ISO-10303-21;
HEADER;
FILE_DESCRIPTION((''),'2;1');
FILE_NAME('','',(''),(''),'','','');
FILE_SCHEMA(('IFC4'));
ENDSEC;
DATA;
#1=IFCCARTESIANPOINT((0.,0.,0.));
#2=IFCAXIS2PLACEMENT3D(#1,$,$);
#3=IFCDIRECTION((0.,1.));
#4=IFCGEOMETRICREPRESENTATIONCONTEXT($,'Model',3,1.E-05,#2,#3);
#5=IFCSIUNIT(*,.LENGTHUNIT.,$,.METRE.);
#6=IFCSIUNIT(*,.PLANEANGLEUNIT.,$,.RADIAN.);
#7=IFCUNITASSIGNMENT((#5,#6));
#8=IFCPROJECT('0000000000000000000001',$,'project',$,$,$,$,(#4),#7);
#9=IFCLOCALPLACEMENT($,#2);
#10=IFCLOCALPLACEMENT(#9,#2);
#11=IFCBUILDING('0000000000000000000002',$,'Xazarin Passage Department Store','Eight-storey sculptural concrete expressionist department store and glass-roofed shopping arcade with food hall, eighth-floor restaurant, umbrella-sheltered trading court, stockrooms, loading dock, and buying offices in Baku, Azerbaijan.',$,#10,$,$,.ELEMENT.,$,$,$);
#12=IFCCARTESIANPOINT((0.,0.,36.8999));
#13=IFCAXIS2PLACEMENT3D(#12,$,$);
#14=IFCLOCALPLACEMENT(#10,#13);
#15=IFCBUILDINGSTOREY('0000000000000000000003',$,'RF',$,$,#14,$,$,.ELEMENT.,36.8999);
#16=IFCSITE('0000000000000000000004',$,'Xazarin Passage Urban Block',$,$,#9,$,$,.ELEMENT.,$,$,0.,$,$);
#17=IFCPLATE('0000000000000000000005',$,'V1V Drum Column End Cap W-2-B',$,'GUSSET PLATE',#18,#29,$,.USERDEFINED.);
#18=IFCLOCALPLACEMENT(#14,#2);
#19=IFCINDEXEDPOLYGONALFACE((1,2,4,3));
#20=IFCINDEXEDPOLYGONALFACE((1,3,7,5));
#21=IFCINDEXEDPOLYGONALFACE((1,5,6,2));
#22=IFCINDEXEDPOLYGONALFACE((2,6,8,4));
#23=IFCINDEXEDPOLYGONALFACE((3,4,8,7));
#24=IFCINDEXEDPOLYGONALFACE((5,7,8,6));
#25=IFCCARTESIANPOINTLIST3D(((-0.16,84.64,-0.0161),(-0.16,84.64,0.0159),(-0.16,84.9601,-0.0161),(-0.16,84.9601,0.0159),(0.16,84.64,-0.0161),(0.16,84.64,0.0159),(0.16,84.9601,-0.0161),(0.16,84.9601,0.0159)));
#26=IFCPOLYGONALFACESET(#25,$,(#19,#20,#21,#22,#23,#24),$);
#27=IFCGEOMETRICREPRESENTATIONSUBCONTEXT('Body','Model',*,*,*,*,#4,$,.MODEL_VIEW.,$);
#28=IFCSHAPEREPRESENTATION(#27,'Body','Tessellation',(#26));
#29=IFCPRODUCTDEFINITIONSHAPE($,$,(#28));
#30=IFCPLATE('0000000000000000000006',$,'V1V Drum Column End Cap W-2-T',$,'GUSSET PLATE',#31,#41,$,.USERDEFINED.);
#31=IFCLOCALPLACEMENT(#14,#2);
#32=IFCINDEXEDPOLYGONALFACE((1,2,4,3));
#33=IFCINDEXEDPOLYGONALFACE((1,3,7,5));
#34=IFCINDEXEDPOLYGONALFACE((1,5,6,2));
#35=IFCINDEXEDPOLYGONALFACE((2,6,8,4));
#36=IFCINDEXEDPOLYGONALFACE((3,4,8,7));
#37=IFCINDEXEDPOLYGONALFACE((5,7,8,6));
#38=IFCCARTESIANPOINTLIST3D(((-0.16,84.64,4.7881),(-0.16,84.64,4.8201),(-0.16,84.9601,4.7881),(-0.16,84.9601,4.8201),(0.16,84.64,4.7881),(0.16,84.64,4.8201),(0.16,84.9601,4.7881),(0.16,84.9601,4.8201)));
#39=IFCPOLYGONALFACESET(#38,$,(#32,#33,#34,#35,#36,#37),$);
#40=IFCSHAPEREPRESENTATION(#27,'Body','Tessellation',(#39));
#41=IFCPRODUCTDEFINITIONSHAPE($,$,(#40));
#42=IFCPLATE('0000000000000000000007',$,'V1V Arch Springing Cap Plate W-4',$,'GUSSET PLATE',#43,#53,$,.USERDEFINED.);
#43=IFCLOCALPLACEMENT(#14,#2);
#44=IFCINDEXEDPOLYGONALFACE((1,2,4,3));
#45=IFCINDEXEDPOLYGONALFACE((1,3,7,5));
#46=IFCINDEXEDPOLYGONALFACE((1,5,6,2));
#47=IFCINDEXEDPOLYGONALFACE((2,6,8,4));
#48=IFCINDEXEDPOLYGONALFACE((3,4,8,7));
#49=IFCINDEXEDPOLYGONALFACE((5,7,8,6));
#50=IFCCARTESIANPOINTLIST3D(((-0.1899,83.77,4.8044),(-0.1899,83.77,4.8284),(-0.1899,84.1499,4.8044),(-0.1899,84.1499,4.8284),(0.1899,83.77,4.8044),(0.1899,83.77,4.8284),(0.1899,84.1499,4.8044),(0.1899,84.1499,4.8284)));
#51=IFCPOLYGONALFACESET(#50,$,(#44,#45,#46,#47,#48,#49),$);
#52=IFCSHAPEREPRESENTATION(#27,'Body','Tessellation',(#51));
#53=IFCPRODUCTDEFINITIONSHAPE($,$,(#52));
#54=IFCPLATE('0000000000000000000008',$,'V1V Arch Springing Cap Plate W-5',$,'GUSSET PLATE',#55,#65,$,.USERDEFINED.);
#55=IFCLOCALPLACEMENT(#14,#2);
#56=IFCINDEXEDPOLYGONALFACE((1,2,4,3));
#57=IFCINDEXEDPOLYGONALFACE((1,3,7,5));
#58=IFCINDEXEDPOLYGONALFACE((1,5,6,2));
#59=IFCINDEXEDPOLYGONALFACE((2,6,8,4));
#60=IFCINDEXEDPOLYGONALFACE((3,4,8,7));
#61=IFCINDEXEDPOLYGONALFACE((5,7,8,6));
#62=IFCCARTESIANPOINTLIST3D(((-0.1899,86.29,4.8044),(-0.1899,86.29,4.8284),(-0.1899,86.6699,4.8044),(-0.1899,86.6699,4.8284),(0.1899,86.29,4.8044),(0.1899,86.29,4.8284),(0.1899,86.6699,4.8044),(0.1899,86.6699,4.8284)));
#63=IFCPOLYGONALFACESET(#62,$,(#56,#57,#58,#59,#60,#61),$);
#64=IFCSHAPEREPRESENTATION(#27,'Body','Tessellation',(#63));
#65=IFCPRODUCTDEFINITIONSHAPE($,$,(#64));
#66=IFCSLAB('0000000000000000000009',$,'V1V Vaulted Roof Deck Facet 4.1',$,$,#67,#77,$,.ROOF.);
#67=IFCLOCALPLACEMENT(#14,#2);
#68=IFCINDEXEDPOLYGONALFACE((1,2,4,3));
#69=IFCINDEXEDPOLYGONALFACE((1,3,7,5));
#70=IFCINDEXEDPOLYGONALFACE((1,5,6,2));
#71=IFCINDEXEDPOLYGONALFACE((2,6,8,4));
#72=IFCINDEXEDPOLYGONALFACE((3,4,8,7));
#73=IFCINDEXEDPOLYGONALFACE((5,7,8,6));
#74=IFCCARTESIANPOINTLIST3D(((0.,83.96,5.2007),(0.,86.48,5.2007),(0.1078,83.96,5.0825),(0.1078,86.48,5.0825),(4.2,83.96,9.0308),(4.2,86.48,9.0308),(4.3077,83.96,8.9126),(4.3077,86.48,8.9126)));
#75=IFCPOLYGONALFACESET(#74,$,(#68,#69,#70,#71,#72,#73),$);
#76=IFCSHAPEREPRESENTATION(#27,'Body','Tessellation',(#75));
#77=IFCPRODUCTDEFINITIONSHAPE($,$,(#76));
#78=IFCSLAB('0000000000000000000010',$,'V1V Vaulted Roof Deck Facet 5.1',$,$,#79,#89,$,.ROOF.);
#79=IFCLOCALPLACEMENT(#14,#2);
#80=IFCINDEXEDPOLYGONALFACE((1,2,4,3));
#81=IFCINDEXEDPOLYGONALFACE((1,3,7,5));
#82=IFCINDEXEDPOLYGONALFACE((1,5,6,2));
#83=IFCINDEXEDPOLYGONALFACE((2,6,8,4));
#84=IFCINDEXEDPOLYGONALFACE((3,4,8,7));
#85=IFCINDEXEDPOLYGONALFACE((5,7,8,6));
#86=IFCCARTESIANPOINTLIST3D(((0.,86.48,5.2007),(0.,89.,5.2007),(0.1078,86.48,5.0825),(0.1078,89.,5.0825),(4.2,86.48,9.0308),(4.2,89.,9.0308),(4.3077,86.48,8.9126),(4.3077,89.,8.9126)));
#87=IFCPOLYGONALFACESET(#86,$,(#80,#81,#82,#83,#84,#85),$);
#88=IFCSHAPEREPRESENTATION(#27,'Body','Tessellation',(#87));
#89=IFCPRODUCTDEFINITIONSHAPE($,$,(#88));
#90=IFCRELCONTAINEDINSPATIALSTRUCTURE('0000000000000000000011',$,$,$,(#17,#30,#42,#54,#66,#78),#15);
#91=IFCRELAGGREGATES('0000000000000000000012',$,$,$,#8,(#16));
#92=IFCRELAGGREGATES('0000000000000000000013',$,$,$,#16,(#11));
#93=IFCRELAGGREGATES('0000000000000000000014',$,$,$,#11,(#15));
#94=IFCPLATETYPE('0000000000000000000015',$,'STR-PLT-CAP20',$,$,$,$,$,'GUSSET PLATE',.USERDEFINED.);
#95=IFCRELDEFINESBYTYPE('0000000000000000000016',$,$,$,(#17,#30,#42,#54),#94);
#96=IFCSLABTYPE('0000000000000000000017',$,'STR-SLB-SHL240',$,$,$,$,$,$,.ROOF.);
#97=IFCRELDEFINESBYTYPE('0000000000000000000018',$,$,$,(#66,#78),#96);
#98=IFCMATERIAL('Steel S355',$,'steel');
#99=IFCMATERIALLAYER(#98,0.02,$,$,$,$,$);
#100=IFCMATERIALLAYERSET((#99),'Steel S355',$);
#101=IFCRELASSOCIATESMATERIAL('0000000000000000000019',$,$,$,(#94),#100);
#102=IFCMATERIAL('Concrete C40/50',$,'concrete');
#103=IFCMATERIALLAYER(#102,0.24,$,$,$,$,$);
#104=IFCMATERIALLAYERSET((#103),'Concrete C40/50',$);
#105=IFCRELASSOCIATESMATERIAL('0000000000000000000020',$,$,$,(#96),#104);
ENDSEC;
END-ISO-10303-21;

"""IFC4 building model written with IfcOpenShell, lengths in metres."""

from ifc_helpers import new_model, si_unit, direction, frame, origin, origin_2d, place, context, subcontext, project, spatial, polyline, rectangle, outline, extrude, material, layer, layer_set, type_object, element, save


model = new_model("IFC4")

# Units and contexts
model_context = context("Model", 3, precision=1e-05, world=origin(), true_north=direction((0.0, 1.0)))
body_context = subcontext(model_context, "Body", "Model", "MODEL_VIEW")
ifc_project = project(units=[si_unit("LENGTHUNIT", "METRE"), si_unit("PLANEANGLEUNIT", "RADIAN")], contexts=[model_context])

# Site, building, storey
site_placement = place(None, origin())
site = spatial("IfcSite", under=ifc_project, at=site_placement, Name="Xazarin Passage Urban Block", CompositionType="ELEMENT", RefElevation=0.0)
building_placement = place(site_placement, origin())
building = spatial("IfcBuilding", under=site, at=building_placement, Name="Xazarin Passage Department Store", Description="Eight-storey sculptural concrete expressionist department store and glass-roofed shopping arcade with food hall, eighth-floor restaurant, umbrella-sheltered trading court, stockrooms, loading dock, and buying offices in Baku, Azerbaijan.", CompositionType="ELEMENT")
storey_placement = place(building_placement, frame((0.0, 0.0, 36.8999)))
storey = spatial("IfcBuildingStorey", under=building, at=storey_placement, Name="RF", CompositionType="ELEMENT", Elevation=36.8999)

# Shared definitions
ifc_material_1 = material(Name="Steel S355", Category="steel")

# Shared definitions
ifc_material_2 = material(Name="Concrete C40/50", Category="concrete")

# Plates
ifc_layer_1 = layer(ifc_material_1, 0.02)
ifc_layer_set_1 = layer_set([ifc_layer_1], Name="Steel S355")
plate_type_1 = type_object("IfcPlateType", Name="STR-PLT-CAP20", ElementType="GUSSET PLATE", PredefinedType="USERDEFINED", material=ifc_layer_set_1)
for number, where, z_axis, x_axis, name in (
    (1, (0.0, 84.8, -0.0161), (0.0, 0.0, 1.0), (1.0, 0.0, 0.0), "V1V Drum Column End Cap W-2-B"),
    (2, (0.0, 84.8, 4.7881), (0.0, 0.0, 1.0), (1.0, 0.0, 0.0), "V1V Drum Column End Cap W-2-T"),
):
    element("IfcPlate", number, at=place(storey_placement, frame(where, z_axis=z_axis, x_axis=x_axis)), inside=storey, type_object=plate_type_1, Name=name, ObjectType="GUSSET PLATE", PredefinedType="USERDEFINED", context=body_context, shape_type="SweptSolid", body=[
        extrude(rectangle(XDim=0.3201, YDim=0.3201, at=origin_2d()), origin(), (0.0, 0.0, 1.0), 0.032),
    ])
for number, where, z_axis, x_axis, name in (
    (3, (0.0, 83.96, 4.8044), (0.0, 0.0, 1.0), (1.0, 0.0, 0.0), "V1V Arch Springing Cap Plate W-4"),
    (4, (0.0, 86.48, 4.8044), (0.0, 0.0, 1.0), (1.0, 0.0, 0.0), "V1V Arch Springing Cap Plate W-5"),
):
    element("IfcPlate", number, at=place(storey_placement, frame(where, z_axis=z_axis, x_axis=x_axis)), inside=storey, type_object=plate_type_1, Name=name, ObjectType="GUSSET PLATE", PredefinedType="USERDEFINED", context=body_context, shape_type="SweptSolid", body=[
        extrude(rectangle(XDim=0.3799, YDim=0.3799, at=origin_2d()), origin(), (0.0, 0.0, 1.0), 0.0239),
    ])

# Slabs
ifc_layer_2 = layer(ifc_material_2, 0.24)
ifc_layer_set_2 = layer_set([ifc_layer_2], Name="Concrete C40/50")
slab_type = type_object("IfcSlabType", Name="STR-SLB-SHL240", PredefinedType="ROOF", material=ifc_layer_set_2)
for number, where, z_axis, x_axis, name in (
    (5, (0.0, 83.96, 5.2007), (-0.673822, 0.0, 0.738894), (0.738894, 0.0, 0.673822), "V1V Vaulted Roof Deck Facet 4.1"),
    (6, (0.0, 86.48, 5.2007), (-0.673822, 0.0, 0.738894), (0.738894, 0.0, 0.673822), "V1V Vaulted Roof Deck Facet 5.1"),
):
    element("IfcSlab", number, at=place(storey_placement, frame(where, z_axis=z_axis, x_axis=x_axis)), inside=storey, type_object=slab_type, Name=name, PredefinedType="ROOF", context=body_context, shape_type="SweptSolid", body=[
        extrude(outline(polyline([(0.0, 0.0), (5.6841, 0.0), (5.6841, 2.52), (0.0, 2.52), (0.0, 0.0)])), origin(), (0.0, 0.0, -1.0), 0.1599),
    ])

save(model, "model.ifc")
